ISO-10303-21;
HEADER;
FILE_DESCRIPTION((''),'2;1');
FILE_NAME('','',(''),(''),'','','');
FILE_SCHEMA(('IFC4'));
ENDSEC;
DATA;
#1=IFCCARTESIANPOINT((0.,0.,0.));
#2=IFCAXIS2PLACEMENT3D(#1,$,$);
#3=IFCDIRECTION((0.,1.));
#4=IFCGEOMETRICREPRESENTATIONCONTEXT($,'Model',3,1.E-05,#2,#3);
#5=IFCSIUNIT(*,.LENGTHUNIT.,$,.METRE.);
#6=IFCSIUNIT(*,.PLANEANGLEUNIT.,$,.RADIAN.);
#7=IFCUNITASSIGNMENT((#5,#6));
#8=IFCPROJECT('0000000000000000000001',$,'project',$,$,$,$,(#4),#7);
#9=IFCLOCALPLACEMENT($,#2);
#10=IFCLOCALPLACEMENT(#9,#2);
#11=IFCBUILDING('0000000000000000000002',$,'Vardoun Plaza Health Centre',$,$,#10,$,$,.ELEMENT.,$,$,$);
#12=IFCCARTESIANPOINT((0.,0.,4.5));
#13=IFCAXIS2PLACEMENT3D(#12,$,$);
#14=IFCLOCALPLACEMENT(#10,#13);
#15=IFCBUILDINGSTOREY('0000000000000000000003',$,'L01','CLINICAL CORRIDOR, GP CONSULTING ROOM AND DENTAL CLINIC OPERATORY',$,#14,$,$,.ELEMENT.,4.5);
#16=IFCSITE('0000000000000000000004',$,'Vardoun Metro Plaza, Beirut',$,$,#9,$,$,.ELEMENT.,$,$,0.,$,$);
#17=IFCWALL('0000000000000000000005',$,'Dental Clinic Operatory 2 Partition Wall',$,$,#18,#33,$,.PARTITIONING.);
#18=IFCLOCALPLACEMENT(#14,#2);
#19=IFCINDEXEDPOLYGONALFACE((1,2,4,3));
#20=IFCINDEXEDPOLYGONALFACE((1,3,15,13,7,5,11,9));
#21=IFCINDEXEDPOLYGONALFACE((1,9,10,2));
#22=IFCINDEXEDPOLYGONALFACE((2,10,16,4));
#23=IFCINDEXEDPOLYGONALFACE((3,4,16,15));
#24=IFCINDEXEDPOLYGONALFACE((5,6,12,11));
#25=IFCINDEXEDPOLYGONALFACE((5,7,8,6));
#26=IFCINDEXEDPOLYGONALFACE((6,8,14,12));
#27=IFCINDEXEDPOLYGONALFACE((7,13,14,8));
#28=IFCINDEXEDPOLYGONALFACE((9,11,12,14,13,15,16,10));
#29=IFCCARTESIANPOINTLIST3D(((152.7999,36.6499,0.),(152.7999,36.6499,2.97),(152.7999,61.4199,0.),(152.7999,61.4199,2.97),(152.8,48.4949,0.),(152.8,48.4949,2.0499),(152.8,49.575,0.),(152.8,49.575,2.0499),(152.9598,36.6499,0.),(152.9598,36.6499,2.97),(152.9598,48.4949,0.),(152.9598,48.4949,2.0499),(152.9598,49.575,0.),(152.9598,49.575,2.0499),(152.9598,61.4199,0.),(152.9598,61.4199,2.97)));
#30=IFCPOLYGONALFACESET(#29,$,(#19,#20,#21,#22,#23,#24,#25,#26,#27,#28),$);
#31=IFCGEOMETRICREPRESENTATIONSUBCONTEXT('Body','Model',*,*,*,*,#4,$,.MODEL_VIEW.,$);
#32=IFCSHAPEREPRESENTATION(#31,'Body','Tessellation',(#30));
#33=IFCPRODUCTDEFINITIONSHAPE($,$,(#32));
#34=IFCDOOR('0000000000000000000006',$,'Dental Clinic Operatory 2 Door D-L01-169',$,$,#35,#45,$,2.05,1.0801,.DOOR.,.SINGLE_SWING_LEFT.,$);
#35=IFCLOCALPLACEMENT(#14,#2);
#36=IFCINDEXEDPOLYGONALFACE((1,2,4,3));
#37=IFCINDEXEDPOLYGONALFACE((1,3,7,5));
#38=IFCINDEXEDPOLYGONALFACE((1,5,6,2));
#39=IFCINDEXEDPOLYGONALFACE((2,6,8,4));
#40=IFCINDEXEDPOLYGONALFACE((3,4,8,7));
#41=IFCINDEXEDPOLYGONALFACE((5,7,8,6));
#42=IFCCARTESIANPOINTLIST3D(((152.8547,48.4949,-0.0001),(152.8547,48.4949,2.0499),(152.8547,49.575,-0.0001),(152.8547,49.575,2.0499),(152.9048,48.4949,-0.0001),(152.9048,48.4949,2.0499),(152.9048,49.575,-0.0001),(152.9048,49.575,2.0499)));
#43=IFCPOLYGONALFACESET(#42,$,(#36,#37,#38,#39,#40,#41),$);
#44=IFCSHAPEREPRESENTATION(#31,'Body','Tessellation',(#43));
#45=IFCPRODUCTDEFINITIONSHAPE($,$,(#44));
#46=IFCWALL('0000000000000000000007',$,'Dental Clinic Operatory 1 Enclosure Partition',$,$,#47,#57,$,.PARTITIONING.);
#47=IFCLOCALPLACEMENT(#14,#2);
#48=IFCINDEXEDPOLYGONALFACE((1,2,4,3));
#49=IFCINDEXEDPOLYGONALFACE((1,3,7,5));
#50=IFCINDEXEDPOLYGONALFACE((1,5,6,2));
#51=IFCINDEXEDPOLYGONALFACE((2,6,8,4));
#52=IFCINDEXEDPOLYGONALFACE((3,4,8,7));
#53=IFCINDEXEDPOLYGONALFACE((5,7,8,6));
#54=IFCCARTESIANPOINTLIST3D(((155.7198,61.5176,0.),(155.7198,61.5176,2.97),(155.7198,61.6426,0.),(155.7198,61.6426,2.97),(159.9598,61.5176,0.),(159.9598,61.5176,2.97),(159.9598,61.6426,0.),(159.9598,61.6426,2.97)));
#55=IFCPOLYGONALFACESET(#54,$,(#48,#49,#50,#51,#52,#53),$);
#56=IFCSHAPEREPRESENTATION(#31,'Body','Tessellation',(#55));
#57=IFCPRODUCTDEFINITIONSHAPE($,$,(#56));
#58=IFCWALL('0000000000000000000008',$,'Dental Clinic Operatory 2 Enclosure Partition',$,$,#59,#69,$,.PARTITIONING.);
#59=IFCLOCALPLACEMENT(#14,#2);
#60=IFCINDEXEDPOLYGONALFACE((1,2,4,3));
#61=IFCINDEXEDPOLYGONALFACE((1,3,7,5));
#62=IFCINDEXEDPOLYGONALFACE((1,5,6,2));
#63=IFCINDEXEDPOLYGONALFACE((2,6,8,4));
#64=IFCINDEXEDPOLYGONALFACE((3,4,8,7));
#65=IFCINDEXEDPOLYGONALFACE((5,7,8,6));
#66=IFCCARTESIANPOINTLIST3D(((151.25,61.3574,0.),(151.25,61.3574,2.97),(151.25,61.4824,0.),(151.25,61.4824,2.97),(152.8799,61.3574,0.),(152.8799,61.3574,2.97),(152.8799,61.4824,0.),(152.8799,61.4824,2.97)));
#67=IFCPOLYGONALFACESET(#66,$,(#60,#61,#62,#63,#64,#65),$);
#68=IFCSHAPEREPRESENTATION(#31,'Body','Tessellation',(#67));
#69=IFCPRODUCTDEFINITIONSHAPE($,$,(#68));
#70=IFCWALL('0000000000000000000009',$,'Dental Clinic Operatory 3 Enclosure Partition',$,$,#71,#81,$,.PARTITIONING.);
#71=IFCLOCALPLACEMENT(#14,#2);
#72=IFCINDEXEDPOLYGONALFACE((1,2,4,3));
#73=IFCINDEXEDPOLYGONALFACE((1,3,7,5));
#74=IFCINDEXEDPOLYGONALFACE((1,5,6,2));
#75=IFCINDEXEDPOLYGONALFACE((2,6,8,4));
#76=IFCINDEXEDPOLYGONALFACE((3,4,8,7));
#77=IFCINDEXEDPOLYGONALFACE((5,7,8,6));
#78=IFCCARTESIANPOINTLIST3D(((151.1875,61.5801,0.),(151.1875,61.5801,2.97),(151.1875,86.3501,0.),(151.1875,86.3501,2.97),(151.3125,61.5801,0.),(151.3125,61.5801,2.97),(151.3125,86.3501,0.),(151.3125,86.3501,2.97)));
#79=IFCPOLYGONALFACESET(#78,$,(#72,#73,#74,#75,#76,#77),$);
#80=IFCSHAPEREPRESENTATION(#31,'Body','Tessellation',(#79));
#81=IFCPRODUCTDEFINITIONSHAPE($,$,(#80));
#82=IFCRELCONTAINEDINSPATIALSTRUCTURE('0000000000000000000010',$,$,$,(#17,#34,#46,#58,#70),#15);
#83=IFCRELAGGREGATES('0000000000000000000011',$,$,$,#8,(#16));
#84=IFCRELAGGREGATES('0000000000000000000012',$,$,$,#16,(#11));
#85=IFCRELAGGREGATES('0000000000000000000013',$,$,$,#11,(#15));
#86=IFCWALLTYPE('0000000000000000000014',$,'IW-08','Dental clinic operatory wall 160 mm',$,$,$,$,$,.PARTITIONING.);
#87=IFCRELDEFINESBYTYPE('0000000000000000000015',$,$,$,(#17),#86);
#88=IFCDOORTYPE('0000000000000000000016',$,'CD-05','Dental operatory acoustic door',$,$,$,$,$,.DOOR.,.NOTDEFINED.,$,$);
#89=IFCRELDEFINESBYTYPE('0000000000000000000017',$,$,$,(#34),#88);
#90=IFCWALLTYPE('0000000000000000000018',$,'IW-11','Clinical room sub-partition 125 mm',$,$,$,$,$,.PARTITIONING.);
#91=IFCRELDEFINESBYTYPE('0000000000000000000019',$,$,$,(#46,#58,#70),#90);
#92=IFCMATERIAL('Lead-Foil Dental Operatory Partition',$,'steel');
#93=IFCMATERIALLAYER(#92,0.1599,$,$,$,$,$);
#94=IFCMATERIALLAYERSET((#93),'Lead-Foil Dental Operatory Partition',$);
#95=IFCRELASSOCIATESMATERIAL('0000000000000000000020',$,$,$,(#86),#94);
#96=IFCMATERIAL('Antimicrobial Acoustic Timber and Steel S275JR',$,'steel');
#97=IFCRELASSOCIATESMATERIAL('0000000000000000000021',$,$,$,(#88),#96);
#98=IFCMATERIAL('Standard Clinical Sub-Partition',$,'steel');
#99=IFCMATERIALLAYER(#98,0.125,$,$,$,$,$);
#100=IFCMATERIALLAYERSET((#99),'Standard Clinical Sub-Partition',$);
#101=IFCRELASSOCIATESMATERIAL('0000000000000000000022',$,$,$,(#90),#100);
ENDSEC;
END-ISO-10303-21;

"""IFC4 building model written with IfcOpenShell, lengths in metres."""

from ifc_helpers import new_model, si_unit, direction, frame, frame_2d, origin, place, context, subcontext, project, spatial, rectangle, extrude, material, layer, layer_set, type_object, element, fill, save


model = new_model("IFC4")

# Units and contexts
model_context = context("Model", 3, precision=1e-05, world=origin(), true_north=direction((0.0, 1.0)))
body_context = subcontext(model_context, "Body", "Model", "MODEL_VIEW")
ifc_project = project(units=[si_unit("LENGTHUNIT", "METRE"), si_unit("PLANEANGLEUNIT", "RADIAN")], contexts=[model_context])

# Site, building, storey
site_placement = place(None, origin())
site = spatial("IfcSite", under=ifc_project, at=site_placement, Name="Vardoun Metro Plaza, Beirut", CompositionType="ELEMENT", RefElevation=0.0)
building_placement = place(site_placement, origin())
building = spatial("IfcBuilding", under=site, at=building_placement, Name="Vardoun Plaza Health Centre", CompositionType="ELEMENT")
storey_placement = place(building_placement, frame((0.0, 0.0, 4.5)))
storey = spatial("IfcBuildingStorey", under=building, at=storey_placement, Name="L01", Description="CLINICAL CORRIDOR, GP CONSULTING ROOM AND DENTAL CLINIC OPERATORY", CompositionType="ELEMENT", Elevation=4.5)

# Wall, opening, door
ifc_material_1 = material(Name="Lead-Foil Dental Operatory Partition", Category="steel")
ifc_layer_1 = layer(ifc_material_1, 0.1599)
ifc_layer_set_1 = layer_set([ifc_layer_1], Name="Lead-Foil Dental Operatory Partition")
wall_type_1 = type_object("IfcWallType", Name="IW-08", Description="Dental clinic operatory wall 160 mm", PredefinedType="PARTITIONING", material=ifc_layer_set_1)
ifc_material_2 = material(Name="Antimicrobial Acoustic Timber and Steel S275JR", Category="steel")
door_type = type_object("IfcDoorType", Name="CD-05", Description="Dental operatory acoustic door", OperationType="NOTDEFINED", PredefinedType="DOOR", material=ifc_material_2)
wall_1_placement = place(storey_placement, frame((152.8799, 61.4199, 0.0), z_axis=(0.0, 0.0, 1.0), x_axis=(0.0, -1.0, 0.0)))
wall_1 = element("IfcWall", 1, at=wall_1_placement, inside=storey, type_object=wall_type_1, Name="Dental Clinic Operatory 2 Partition Wall", PredefinedType="PARTITIONING", context=body_context, shape_type="SweptSolid", body=[
    extrude(rectangle(XDim=24.77, YDim=0.1599, at=frame_2d((12.385, 0.0))), origin(), (0.0, 0.0, 1.0), 2.97),
])
opening_1_placement = place(wall_1_placement, frame((11.845, 0.0, 0.0)))
opening_1 = element("IfcOpeningElement", 2, at=opening_1_placement, cuts=wall_1, PredefinedType="OPENING", context=body_context, shape_type="SweptSolid", body=[
    extrude(rectangle(XDim=1.0801, YDim=2.05, at=frame_2d((0.54, 1.0249))), frame((0.0, 0.0801, 0.0), z_axis=(0.0, -1.0, 0.0), x_axis=(1.0, 0.0, 0.0)), (0.0, 0.0, 1.0), 0.1599),
])
door_1_placement = place(opening_1_placement, origin())
door_1 = element("IfcDoor", 3, at=door_1_placement, inside=storey, type_object=door_type, Name="Dental Clinic Operatory 2 Door D-L01-169", OperationType="SINGLE_SWING_LEFT", OverallHeight=2.05, OverallWidth=1.0801, PredefinedType="DOOR", context=body_context, shape_type="SweptSolid", body=[
    extrude(rectangle(XDim=1.0801, YDim=2.05, at=frame_2d((0.54, 1.0249))), frame((0.0, 0.0249, 0.0), z_axis=(0.0, -1.0, 0.0), x_axis=(1.0, 0.0, 0.0)), (0.0, 0.0, 1.0), 0.05),
])
fill(opening_1, door_1)

# Walls
ifc_material_3 = material(Name="Standard Clinical Sub-Partition", Category="steel")
ifc_layer_2 = layer(ifc_material_3, 0.125)
ifc_layer_set_2 = layer_set([ifc_layer_2], Name="Standard Clinical Sub-Partition")
wall_type_2 = type_object("IfcWallType", Name="IW-11", Description="Clinical room sub-partition 125 mm", PredefinedType="PARTITIONING", material=ifc_layer_set_2)
wall_2_placement = place(storey_placement, frame((159.96, 61.5801, 0.0), z_axis=(0.0, 0.0, 1.0), x_axis=(-1.0, 0.0, 0.0)))
element("IfcWall", 4, at=wall_2_placement, inside=storey, type_object=wall_type_2, Name="Dental Clinic Operatory 1 Enclosure Partition", PredefinedType="PARTITIONING", context=body_context, shape_type="SweptSolid", body=[
    extrude(rectangle(XDim=4.24, YDim=0.125, at=frame_2d((2.1201, 0.0))), origin(), (0.0, 0.0, 1.0), 2.97),
])
wall_3_placement = place(storey_placement, frame((151.25, 61.4199, 0.0), z_axis=(0.0, 0.0, 1.0), x_axis=(1.0, 0.0, 0.0)))
element("IfcWall", 5, at=wall_3_placement, inside=storey, type_object=wall_type_2, Name="Dental Clinic Operatory 2 Enclosure Partition", PredefinedType="PARTITIONING", context=body_context, shape_type="SweptSolid", body=[
    extrude(rectangle(XDim=1.6299, YDim=0.125, at=frame_2d((0.8149, 0.0))), origin(), (0.0, 0.0, 1.0), 2.97),
])
wall_4_placement = place(storey_placement, frame((151.25, 61.5801, 0.0), z_axis=(0.0, 0.0, 1.0), x_axis=(0.0, 1.0, 0.0)))
element("IfcWall", 6, at=wall_4_placement, inside=storey, type_object=wall_type_2, Name="Dental Clinic Operatory 3 Enclosure Partition", PredefinedType="PARTITIONING", context=body_context, shape_type="SweptSolid", body=[
    extrude(rectangle(XDim=24.77, YDim=0.125, at=frame_2d((12.385, 0.0))), origin(), (0.0, 0.0, 1.0), 2.97),
])

save(model, "model.ifc")
